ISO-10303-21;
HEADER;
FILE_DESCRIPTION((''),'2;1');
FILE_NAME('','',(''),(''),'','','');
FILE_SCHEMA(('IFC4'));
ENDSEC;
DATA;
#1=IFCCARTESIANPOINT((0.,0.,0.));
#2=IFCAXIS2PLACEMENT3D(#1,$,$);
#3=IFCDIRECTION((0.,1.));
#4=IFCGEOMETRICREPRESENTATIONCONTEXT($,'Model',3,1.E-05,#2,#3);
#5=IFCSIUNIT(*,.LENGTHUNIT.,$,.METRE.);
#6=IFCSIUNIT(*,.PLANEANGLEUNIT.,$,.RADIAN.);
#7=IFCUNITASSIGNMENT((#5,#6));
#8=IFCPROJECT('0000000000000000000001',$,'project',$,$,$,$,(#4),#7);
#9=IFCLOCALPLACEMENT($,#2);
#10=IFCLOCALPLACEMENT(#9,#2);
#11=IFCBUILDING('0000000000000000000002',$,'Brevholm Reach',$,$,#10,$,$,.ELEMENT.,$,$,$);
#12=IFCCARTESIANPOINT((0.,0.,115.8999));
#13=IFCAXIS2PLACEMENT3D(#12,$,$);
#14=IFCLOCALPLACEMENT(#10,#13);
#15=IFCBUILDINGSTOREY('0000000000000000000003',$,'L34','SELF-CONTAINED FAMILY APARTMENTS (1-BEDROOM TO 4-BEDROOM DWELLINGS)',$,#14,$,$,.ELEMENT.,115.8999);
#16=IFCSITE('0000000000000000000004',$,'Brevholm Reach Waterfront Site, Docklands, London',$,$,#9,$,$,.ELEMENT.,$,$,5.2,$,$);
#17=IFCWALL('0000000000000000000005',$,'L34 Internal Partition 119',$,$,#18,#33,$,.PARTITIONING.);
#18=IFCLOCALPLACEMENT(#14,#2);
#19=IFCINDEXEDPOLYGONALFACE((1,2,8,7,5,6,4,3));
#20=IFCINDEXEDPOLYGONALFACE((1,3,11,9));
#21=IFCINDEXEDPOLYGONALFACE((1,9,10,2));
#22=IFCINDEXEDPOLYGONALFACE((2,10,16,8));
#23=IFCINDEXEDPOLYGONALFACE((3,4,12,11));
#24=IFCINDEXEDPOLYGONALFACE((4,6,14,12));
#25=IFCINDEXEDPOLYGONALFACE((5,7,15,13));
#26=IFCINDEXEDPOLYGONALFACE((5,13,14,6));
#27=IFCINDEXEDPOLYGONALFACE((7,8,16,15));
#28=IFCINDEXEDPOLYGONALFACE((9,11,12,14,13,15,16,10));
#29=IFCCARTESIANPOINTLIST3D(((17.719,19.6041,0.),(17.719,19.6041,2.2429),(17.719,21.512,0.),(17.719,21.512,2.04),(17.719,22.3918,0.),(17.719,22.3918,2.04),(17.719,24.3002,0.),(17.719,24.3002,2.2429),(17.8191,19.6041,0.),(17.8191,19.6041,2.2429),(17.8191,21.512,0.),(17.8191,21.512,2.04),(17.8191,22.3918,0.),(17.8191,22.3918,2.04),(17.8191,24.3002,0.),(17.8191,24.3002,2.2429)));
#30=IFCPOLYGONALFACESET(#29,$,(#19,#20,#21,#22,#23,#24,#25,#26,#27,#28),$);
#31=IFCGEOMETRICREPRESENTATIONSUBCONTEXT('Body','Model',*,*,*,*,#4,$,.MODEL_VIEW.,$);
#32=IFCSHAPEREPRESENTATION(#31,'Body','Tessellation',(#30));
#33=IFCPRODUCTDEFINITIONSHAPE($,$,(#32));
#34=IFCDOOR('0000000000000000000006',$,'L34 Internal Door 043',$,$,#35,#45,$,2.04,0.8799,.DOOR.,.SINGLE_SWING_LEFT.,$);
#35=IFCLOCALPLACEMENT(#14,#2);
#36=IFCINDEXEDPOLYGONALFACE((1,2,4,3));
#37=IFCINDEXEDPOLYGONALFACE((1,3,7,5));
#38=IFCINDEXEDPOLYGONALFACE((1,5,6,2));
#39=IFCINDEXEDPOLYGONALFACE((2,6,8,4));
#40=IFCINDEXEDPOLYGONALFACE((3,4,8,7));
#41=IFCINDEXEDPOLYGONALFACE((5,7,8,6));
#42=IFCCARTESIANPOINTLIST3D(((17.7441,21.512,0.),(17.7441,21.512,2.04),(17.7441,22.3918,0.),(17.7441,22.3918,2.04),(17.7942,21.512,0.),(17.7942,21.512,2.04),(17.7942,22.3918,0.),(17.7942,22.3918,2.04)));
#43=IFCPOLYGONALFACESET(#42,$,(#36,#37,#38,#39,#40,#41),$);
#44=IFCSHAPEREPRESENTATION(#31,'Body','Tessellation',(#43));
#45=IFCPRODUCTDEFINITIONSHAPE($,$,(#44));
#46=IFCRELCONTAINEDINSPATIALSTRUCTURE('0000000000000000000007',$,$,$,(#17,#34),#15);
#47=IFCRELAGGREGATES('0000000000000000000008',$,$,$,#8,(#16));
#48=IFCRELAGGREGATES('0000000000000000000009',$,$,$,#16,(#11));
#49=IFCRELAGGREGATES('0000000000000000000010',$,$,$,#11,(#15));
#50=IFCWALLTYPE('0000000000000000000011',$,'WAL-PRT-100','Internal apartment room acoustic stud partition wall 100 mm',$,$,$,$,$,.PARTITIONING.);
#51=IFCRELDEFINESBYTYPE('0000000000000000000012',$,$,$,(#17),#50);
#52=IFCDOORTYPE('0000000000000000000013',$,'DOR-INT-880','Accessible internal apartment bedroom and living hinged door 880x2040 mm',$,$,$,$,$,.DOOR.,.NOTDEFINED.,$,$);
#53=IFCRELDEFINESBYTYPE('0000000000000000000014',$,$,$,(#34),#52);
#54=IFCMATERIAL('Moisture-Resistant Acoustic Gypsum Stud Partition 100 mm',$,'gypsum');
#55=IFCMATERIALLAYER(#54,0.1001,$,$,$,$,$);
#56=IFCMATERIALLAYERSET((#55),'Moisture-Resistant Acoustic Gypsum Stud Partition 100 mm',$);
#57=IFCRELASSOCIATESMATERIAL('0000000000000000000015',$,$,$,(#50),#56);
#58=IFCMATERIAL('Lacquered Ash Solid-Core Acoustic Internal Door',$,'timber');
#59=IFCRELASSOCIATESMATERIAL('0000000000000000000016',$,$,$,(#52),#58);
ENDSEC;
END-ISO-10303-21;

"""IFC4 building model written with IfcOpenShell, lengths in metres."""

from ifc_helpers import new_model, si_unit, direction, frame, frame_2d, origin, place, context, subcontext, project, spatial, rectangle, extrude, material, layer, layer_set, type_object, element, fill, save


model = new_model("IFC4")

# Units and contexts
model_context = context("Model", 3, precision=1e-05, world=origin(), true_north=direction((0.0, 1.0)))
body_context = subcontext(model_context, "Body", "Model", "MODEL_VIEW")
ifc_project = project(units=[si_unit("LENGTHUNIT", "METRE"), si_unit("PLANEANGLEUNIT", "RADIAN")], contexts=[model_context])

# Site, building, storey
site_placement = place(None, origin())
site = spatial("IfcSite", under=ifc_project, at=site_placement, Name="Brevholm Reach Waterfront Site, Docklands, London", CompositionType="ELEMENT", RefElevation=5.2)
building_placement = place(site_placement, origin())
building = spatial("IfcBuilding", under=site, at=building_placement, Name="Brevholm Reach", CompositionType="ELEMENT")
storey_placement = place(building_placement, frame((0.0, 0.0, 115.8999)))
storey = spatial("IfcBuildingStorey", under=building, at=storey_placement, Name="L34", Description="SELF-CONTAINED FAMILY APARTMENTS (1-BEDROOM TO 4-BEDROOM DWELLINGS)", CompositionType="ELEMENT", Elevation=115.8999)

# Shared definitions
ifc_material_1 = material(Name="Moisture-Resistant Acoustic Gypsum Stud Partition 100 mm", Category="gypsum")
ifc_layer_1 = layer(ifc_material_1, 0.1001)
ifc_layer_set_1 = layer_set([ifc_layer_1], Name="Moisture-Resistant Acoustic Gypsum Stud Partition 100 mm")
wall_type_1 = type_object("IfcWallType", Name="WAL-PRT-100", Description="Internal apartment room acoustic stud partition wall 100 mm", PredefinedType="PARTITIONING", material=ifc_layer_set_1)

# Wall, opening, door
wall_1_placement = place(storey_placement, frame((17.769, 19.604, 0.0), z_axis=(0.0, 0.0, 1.0), x_axis=(0.0, 1.0, 0.0)))
wall_1 = element("IfcWall", 1, at=wall_1_placement, inside=storey, type_object=wall_type_1, Name="L34 Internal Partition 119", PredefinedType="PARTITIONING", context=body_context, shape_type="SweptSolid", body=[
    extrude(rectangle(XDim=4.696, YDim=0.1001, at=frame_2d((2.3481, 0.0))), origin(), (0.0, 0.0, 1.0), 2.2429),
])
opening_1_placement = place(wall_1_placement, frame((1.908, 0.0, 0.0)))
opening_1 = element("IfcOpeningElement", 2, at=opening_1_placement, cuts=wall_1, PredefinedType="OPENING", context=body_context, shape_type="SweptSolid", body=[
    extrude(rectangle(XDim=0.8799, YDim=2.04, at=frame_2d((0.4399, 1.02))), frame((0.0, 0.0601, 0.0), z_axis=(0.0, -1.0, 0.0), x_axis=(1.0, 0.0, 0.0)), (0.0, 0.0, 1.0), 0.1201),
])
ifc_material_2 = material(Name="Lacquered Ash Solid-Core Acoustic Internal Door", Category="timber")
door_type = type_object("IfcDoorType", Name="DOR-INT-880", Description="Accessible internal apartment bedroom and living hinged door 880x2040 mm", OperationType="NOTDEFINED", PredefinedType="DOOR", material=ifc_material_2)
door_placement = place(opening_1_placement, origin())
door = element("IfcDoor", 3, at=door_placement, inside=storey, type_object=door_type, Name="L34 Internal Door 043", OperationType="SINGLE_SWING_LEFT", OverallHeight=2.04, OverallWidth=0.8799, PredefinedType="DOOR", context=body_context, shape_type="SweptSolid", body=[
    extrude(rectangle(XDim=0.8799, YDim=2.04, at=frame_2d((0.4399, 1.02))), frame((0.0, 0.0249, 0.0), z_axis=(0.0, -1.0, 0.0), x_axis=(1.0, 0.0, 0.0)), (0.0, 0.0, 1.0), 0.05),
])
fill(opening_1, door)

save(model, "model.ifc")
